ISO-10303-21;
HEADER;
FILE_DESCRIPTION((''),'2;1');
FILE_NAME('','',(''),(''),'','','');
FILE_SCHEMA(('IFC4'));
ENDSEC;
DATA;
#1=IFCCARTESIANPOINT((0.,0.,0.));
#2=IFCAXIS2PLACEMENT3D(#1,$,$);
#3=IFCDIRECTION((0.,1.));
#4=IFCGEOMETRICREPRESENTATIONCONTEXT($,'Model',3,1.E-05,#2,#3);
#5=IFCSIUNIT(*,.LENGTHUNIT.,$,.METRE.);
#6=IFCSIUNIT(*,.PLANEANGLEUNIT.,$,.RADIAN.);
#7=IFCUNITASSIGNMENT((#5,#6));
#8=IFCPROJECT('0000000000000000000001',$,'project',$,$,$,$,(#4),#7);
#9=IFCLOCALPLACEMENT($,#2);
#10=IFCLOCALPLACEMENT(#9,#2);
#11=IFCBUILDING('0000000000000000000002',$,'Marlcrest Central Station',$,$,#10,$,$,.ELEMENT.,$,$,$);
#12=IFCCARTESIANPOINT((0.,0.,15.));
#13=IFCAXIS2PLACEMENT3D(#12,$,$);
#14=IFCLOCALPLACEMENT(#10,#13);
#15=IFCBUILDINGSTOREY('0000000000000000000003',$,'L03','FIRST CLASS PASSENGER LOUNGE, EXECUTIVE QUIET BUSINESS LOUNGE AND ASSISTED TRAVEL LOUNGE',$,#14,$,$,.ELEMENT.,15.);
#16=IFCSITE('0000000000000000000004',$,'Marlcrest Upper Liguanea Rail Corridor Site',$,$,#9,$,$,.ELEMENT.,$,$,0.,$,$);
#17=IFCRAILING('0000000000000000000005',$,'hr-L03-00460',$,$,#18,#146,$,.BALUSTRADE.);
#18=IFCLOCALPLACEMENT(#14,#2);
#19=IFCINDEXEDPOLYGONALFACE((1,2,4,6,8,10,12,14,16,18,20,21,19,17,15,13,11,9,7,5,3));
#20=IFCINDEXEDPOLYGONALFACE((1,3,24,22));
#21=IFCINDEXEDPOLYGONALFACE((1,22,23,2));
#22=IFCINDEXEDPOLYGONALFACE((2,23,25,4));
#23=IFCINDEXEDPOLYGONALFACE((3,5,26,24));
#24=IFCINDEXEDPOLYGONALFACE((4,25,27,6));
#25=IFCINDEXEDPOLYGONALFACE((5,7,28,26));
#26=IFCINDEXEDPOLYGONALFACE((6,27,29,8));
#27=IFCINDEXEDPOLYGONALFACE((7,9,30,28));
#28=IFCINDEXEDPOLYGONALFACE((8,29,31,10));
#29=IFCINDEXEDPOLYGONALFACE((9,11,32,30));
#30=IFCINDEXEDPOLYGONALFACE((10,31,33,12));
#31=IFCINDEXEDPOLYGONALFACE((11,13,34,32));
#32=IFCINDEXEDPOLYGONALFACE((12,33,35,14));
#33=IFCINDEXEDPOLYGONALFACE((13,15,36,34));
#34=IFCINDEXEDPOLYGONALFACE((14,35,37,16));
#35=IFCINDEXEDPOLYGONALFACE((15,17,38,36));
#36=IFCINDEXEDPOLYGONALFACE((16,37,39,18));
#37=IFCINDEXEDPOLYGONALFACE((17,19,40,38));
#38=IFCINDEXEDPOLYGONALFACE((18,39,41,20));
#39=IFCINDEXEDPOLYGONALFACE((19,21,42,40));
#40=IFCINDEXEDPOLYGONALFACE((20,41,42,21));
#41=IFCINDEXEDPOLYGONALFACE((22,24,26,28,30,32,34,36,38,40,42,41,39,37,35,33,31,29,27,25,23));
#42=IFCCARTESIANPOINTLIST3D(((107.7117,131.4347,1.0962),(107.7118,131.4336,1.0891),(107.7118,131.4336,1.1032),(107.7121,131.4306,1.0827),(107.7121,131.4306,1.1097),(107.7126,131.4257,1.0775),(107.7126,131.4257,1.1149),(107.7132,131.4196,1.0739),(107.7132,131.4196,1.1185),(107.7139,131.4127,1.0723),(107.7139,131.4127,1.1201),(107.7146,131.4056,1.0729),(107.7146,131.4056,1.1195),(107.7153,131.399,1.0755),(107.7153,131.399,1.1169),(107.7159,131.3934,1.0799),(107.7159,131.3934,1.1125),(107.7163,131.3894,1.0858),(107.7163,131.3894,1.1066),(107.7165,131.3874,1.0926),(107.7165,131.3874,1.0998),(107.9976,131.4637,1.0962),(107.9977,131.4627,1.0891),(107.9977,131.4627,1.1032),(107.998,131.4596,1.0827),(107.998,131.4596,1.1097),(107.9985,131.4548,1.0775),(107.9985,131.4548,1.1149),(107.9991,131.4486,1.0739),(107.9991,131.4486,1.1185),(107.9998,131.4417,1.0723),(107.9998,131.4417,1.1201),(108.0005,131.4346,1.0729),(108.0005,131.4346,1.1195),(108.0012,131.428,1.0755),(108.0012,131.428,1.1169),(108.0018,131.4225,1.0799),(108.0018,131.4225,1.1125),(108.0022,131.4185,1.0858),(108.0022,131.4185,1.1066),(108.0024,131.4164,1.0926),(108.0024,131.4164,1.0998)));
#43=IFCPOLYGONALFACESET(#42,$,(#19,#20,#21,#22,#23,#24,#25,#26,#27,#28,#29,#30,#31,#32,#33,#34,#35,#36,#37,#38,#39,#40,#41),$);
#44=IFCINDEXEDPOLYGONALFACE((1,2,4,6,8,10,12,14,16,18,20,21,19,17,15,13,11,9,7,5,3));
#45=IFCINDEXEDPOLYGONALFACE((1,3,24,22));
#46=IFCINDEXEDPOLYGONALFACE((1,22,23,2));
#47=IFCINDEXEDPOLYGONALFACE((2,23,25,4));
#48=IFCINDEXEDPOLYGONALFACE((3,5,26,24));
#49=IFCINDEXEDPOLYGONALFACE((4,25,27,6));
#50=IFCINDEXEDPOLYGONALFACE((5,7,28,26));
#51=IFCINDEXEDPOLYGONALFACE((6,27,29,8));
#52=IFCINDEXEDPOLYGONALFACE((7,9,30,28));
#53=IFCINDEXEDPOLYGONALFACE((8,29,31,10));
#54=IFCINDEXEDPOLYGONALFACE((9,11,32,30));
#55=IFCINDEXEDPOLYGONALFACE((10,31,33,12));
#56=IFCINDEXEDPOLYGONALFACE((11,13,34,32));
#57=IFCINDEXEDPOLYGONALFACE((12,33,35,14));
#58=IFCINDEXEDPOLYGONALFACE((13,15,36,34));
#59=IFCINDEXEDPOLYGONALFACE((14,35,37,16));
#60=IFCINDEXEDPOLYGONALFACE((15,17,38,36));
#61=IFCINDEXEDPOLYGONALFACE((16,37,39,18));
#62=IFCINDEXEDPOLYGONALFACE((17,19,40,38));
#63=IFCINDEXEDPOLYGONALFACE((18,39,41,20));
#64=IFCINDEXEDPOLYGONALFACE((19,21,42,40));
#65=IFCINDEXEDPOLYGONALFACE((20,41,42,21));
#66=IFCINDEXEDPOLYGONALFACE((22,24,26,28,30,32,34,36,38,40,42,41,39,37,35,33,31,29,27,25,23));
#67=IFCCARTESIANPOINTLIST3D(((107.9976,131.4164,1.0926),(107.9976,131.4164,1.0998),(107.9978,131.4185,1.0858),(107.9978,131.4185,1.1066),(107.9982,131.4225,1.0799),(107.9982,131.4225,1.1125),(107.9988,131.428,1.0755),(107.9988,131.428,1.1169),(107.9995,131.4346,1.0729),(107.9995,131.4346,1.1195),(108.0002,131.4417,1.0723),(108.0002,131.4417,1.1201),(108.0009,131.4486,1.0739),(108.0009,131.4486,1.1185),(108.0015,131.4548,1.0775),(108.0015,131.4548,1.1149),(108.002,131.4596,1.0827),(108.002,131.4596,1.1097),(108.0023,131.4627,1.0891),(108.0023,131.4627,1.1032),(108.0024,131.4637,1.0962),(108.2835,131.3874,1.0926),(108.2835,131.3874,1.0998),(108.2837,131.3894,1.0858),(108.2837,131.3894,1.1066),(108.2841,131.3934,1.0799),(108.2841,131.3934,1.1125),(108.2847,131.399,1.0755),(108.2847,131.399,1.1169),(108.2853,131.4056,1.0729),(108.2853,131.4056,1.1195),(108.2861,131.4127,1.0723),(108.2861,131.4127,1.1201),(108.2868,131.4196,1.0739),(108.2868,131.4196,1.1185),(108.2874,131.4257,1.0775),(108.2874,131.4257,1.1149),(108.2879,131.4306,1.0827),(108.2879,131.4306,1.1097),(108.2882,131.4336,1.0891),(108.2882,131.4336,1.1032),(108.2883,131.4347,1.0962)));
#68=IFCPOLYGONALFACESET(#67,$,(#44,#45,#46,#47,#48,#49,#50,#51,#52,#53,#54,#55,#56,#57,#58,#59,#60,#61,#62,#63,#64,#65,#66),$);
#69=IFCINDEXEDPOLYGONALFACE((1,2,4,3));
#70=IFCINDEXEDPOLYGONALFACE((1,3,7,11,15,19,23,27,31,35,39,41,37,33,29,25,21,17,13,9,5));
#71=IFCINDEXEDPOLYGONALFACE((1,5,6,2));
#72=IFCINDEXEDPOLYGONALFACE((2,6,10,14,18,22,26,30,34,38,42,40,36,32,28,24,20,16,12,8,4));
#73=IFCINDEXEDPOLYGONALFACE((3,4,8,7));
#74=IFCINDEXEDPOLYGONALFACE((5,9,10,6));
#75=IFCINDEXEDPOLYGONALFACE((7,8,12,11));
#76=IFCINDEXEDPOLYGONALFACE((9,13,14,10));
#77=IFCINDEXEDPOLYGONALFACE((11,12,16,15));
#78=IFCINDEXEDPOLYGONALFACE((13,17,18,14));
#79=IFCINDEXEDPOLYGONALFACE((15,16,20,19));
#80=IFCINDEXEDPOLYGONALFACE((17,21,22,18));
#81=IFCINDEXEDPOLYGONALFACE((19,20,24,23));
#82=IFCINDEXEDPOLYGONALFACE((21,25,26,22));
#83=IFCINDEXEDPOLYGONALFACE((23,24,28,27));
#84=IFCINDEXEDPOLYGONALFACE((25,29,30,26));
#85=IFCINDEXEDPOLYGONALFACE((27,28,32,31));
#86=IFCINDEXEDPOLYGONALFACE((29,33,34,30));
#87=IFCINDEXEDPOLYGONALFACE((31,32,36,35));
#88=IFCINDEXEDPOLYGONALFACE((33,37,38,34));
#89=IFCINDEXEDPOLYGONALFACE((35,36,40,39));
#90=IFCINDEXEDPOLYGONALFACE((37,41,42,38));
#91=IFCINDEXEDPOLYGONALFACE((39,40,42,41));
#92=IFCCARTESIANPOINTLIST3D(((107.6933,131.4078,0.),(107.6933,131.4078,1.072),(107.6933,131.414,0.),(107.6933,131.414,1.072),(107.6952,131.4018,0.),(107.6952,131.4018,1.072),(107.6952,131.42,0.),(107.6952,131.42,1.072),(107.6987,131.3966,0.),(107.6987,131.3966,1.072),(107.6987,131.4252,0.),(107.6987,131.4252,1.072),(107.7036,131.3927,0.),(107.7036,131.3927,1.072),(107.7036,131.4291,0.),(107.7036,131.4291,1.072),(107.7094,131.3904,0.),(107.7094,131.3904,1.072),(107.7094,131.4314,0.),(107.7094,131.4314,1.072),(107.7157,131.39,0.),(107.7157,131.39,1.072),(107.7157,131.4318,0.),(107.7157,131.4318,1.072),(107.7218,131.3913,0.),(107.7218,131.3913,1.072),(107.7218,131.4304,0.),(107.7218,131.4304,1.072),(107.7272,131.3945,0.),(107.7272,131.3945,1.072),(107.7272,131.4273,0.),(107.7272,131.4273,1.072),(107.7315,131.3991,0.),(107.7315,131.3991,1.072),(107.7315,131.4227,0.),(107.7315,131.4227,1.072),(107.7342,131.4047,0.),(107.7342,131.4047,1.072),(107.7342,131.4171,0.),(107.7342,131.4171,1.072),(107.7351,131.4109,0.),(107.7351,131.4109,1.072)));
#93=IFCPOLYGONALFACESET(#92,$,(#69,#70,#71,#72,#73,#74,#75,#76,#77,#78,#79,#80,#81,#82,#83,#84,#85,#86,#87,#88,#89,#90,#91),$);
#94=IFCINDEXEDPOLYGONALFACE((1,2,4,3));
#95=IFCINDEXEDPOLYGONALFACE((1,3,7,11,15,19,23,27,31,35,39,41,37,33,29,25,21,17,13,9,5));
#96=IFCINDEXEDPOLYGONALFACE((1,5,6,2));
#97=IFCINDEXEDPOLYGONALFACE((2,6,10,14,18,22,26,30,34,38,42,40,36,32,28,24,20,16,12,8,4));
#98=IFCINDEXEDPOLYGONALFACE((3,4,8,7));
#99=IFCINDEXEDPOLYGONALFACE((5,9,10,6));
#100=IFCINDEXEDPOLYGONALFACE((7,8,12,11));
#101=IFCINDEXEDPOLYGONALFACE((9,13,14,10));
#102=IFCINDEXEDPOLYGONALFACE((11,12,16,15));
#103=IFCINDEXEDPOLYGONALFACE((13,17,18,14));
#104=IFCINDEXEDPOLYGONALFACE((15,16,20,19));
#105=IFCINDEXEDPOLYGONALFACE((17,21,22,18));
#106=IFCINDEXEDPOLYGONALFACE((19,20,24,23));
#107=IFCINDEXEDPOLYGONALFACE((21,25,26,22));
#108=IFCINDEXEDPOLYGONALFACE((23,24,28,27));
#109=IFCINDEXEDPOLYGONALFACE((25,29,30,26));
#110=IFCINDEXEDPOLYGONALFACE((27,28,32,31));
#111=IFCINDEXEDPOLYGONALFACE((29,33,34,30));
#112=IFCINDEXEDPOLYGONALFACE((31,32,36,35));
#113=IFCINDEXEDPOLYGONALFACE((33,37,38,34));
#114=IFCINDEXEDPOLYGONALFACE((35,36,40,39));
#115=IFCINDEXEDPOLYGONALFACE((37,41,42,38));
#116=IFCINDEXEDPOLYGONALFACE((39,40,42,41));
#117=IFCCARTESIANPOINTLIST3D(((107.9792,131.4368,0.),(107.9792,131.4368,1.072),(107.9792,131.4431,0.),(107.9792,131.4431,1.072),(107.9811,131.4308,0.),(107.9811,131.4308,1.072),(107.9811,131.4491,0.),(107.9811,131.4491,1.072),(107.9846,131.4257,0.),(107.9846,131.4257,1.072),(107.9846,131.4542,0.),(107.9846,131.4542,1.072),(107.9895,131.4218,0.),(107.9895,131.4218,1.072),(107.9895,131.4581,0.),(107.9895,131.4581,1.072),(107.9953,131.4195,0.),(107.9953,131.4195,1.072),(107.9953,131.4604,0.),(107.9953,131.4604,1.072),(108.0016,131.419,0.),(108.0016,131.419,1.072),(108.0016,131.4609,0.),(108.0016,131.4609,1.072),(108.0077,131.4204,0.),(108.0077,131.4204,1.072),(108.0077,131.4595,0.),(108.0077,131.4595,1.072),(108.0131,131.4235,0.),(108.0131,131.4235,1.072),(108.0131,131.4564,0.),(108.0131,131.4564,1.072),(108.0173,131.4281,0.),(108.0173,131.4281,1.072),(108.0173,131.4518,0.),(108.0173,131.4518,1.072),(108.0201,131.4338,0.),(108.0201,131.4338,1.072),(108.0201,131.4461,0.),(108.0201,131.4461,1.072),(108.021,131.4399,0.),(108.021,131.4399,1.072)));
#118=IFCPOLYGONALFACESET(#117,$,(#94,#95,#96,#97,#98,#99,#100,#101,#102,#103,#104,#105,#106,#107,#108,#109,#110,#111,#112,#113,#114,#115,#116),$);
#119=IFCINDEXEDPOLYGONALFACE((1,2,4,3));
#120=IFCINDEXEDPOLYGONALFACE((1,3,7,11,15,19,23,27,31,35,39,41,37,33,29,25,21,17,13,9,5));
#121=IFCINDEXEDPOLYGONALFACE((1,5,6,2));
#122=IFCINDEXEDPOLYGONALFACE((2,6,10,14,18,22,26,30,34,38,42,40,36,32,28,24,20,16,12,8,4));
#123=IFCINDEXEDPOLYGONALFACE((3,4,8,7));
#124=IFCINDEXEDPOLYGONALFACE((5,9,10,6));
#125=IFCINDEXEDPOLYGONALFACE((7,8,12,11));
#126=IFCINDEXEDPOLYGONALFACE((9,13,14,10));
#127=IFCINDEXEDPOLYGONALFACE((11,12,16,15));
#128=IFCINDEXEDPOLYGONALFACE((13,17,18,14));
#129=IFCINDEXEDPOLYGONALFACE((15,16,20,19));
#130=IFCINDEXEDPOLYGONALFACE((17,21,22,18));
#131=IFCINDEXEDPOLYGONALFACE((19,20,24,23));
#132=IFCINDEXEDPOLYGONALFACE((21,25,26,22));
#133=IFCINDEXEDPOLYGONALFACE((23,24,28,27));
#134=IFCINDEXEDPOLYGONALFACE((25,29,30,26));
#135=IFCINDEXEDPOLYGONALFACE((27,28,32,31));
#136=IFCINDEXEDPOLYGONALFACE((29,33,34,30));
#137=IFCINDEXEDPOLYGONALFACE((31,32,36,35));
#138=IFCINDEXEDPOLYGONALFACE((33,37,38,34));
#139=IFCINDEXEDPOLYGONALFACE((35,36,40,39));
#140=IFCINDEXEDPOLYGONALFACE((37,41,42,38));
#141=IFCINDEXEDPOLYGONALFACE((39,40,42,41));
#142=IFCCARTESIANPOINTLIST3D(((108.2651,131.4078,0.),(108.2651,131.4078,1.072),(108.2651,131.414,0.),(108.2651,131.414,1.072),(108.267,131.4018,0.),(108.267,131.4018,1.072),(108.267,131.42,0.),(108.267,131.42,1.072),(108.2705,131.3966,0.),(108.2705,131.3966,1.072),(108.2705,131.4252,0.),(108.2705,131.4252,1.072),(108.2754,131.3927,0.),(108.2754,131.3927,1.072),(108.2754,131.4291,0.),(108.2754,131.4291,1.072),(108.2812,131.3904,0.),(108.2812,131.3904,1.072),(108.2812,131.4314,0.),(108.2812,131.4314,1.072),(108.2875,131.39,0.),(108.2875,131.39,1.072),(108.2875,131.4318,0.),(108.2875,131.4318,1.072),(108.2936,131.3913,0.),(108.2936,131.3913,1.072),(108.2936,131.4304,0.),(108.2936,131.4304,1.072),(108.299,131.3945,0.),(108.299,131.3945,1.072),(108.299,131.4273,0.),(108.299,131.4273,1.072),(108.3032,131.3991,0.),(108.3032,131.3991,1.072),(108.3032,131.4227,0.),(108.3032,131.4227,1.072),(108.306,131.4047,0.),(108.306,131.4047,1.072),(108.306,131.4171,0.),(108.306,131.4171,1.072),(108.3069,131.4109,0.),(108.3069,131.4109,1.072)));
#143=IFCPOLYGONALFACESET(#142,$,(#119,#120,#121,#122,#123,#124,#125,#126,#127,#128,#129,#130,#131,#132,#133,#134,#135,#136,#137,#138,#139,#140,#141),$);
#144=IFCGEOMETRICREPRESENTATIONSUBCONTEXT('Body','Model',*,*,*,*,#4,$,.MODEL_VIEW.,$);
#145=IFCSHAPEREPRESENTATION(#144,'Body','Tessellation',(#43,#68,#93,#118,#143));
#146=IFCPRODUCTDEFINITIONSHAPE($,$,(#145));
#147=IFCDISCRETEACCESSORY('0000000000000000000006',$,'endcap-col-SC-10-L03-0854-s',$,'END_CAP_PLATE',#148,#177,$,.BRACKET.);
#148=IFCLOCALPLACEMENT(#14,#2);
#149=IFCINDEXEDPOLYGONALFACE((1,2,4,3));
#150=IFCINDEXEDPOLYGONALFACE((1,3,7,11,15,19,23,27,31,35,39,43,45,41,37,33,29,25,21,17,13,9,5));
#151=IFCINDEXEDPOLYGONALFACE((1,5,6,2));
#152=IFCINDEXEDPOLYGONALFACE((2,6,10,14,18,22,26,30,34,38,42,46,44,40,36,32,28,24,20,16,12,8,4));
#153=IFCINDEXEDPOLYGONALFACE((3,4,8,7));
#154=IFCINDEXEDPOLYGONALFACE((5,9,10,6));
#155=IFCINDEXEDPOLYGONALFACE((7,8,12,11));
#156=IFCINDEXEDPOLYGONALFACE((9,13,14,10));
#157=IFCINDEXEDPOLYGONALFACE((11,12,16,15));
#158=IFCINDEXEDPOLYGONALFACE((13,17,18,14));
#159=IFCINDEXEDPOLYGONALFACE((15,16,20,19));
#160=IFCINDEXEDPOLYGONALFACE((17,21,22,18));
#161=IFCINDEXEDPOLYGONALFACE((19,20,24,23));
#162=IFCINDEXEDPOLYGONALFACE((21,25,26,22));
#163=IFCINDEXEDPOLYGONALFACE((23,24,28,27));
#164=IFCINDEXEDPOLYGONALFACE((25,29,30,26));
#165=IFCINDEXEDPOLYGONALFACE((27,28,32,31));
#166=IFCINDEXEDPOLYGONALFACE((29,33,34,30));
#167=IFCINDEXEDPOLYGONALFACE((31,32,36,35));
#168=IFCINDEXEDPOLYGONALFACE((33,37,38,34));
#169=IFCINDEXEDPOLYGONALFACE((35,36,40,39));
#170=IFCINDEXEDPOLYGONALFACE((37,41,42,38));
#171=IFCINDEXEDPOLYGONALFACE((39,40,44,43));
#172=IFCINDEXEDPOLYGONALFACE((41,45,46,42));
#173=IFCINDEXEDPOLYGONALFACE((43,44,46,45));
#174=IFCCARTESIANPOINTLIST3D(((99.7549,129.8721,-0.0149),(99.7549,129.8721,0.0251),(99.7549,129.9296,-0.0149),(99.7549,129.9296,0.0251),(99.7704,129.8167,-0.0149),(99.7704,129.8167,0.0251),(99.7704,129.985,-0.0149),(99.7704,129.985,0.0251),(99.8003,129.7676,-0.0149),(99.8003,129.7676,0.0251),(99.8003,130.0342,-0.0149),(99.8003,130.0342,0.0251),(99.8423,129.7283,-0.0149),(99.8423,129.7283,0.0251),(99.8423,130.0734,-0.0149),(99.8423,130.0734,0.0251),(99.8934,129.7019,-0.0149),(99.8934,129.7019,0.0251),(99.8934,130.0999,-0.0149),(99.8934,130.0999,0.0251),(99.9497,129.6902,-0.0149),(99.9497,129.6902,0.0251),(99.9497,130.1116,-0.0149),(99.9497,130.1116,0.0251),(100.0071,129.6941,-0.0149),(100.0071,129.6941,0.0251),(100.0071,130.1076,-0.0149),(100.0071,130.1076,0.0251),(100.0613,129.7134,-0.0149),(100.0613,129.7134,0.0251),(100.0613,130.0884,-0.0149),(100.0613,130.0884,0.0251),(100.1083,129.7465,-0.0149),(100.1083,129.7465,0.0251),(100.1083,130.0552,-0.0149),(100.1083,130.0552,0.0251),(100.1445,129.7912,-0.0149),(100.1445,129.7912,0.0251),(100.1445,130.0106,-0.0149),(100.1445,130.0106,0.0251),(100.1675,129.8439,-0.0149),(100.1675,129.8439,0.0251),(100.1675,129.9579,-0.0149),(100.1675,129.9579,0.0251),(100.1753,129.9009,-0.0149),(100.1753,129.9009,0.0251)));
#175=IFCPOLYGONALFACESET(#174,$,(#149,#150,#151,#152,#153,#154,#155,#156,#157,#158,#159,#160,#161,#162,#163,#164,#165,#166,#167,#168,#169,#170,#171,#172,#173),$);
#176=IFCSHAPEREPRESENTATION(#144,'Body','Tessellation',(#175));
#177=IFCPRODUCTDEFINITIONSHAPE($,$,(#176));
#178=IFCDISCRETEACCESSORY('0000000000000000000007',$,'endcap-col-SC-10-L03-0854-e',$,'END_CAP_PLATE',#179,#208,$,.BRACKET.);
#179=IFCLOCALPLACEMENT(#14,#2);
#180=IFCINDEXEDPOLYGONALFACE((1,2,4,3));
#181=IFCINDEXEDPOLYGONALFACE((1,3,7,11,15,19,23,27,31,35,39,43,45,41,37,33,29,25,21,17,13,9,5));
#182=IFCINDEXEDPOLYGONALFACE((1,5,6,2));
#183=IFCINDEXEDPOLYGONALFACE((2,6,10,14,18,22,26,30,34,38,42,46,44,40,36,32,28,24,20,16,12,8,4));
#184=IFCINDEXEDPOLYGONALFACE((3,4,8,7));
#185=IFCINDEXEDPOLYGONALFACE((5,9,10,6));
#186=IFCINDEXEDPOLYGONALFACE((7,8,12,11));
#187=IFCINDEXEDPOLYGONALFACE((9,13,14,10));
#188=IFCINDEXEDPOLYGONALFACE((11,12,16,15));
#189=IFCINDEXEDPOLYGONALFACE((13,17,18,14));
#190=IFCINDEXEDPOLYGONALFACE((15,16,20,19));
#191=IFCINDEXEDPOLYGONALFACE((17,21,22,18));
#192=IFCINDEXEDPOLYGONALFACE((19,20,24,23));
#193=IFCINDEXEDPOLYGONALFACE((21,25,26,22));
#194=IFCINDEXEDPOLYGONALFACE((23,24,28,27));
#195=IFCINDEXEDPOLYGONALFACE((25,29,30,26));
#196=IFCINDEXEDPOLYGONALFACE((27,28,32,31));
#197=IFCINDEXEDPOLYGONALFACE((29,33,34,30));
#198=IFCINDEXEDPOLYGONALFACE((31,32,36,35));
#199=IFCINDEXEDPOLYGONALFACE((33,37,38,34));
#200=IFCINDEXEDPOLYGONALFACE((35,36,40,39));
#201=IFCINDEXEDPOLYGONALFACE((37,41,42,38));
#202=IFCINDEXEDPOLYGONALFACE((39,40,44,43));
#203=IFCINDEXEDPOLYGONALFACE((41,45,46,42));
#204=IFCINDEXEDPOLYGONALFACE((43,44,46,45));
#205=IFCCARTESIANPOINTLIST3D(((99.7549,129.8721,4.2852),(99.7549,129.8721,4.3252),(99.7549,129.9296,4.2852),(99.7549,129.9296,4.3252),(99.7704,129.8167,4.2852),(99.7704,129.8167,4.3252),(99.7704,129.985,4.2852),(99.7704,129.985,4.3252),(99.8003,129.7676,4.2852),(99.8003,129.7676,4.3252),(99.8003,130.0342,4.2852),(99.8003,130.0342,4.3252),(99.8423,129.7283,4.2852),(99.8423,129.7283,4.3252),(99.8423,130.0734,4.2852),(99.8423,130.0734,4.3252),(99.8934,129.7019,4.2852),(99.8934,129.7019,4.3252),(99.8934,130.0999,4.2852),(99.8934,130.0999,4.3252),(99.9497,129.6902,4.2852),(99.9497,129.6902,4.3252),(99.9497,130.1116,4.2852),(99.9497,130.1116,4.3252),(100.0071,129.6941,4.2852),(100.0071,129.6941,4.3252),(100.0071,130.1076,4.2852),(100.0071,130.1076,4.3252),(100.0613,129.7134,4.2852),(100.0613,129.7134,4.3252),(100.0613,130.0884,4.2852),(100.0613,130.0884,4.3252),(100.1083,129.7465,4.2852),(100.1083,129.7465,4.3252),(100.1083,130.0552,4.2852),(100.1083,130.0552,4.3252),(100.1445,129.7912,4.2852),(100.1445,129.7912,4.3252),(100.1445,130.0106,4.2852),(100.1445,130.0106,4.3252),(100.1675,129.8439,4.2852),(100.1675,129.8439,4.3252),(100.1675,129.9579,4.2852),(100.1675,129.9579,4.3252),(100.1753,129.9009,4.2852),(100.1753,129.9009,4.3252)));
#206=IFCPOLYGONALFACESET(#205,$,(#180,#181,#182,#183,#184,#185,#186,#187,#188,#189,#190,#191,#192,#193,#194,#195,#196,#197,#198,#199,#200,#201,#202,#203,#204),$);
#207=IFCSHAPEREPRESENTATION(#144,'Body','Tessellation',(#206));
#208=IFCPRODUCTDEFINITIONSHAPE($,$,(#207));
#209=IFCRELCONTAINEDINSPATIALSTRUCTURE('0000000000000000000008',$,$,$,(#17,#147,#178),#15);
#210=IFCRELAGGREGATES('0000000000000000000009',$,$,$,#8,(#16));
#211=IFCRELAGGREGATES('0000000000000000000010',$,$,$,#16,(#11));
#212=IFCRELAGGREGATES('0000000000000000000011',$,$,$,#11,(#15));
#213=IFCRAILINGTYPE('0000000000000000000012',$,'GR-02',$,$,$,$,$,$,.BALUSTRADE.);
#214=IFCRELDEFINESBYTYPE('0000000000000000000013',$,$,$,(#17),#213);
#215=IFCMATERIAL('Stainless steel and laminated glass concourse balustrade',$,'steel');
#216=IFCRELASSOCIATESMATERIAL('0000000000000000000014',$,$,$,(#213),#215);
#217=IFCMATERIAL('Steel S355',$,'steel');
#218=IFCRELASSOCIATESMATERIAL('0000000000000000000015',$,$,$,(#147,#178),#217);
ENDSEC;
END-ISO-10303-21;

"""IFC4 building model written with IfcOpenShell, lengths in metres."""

from ifc_helpers import new_model, si_unit, direction, frame, origin, origin_2d, place, context, subcontext, project, spatial, circle, extrude, material, type_object, element, save


model = new_model("IFC4")

# Units and contexts
model_context = context("Model", 3, precision=1e-05, world=origin(), true_north=direction((0.0, 1.0)))
body_context = subcontext(model_context, "Body", "Model", "MODEL_VIEW")
ifc_project = project(units=[si_unit("LENGTHUNIT", "METRE"), si_unit("PLANEANGLEUNIT", "RADIAN")], contexts=[model_context])

# Site, building, storey
site_placement = place(None, origin())
site = spatial("IfcSite", under=ifc_project, at=site_placement, Name="Marlcrest Upper Liguanea Rail Corridor Site", CompositionType="ELEMENT", RefElevation=0.0)
building_placement = place(site_placement, origin())
building = spatial("IfcBuilding", under=site, at=building_placement, Name="Marlcrest Central Station", CompositionType="ELEMENT")
storey_placement = place(building_placement, frame((0.0, 0.0, 15.0)))
storey = spatial("IfcBuildingStorey", under=building, at=storey_placement, Name="L03", Description="FIRST CLASS PASSENGER LOUNGE, EXECUTIVE QUIET BUSINESS LOUNGE AND ASSISTED TRAVEL LOUNGE", CompositionType="ELEMENT", Elevation=15.0)

# Shared definitions
ifc_material_1 = material(Name="Steel S355", Category="steel")

# Railing
ifc_material_2 = material(Name="Stainless steel and laminated glass concourse balustrade", Category="steel")
railing_type = type_object("IfcRailingType", Name="GR-02", PredefinedType="BALUSTRADE", material=ifc_material_2)
railing_1_placement = place(storey_placement, frame((107.7141, 131.4109, 0.0)))
element("IfcRailing", 1, at=railing_1_placement, inside=storey, type_object=railing_type, Name="hr-L03-00460", PredefinedType="BALUSTRADE", context=body_context, shape_type="SweptSolid", body=[
    extrude(circle(Radius=0.0239, at=origin_2d()), frame((0.0, 0.0, 1.0962), z_axis=(0.994876, 0.101102, 0.0), x_axis=(-0.101102, 0.994876, 0.0)), (0.0, 0.0, 1.0), 0.2874),
    extrude(circle(Radius=0.0239, at=origin_2d()), frame((0.2859, 0.0291, 1.0962), z_axis=(0.994876, -0.101102, 0.0), x_axis=(0.101102, 0.994876, 0.0)), (0.0, 0.0, 1.0), 0.2874),
    extrude(circle(Radius=0.021, at=origin_2d()), origin(), (0.0, 0.0, 1.0), 1.072),
    extrude(circle(Radius=0.021, at=origin_2d()), frame((0.2859, 0.0291, 0.0)), (0.0, 0.0, 1.0), 1.072),
    extrude(circle(Radius=0.021, at=origin_2d()), frame((0.5718, 0.0, 0.0)), (0.0, 0.0, 1.0), 1.072),
])

# Discrete accessories
for number, where, z_axis, x_axis, name in (
    (2, (99.9641, 129.9009, -0.0149), (0.0, 0.0, 1.0), (1.0, 0.0, 0.0), "endcap-col-SC-10-L03-0854-s"),
    (3, (99.9641, 129.9009, 4.2852), (0.0, 0.0, 1.0), (1.0, 0.0, 0.0), "endcap-col-SC-10-L03-0854-e"),
):
    element("IfcDiscreteAccessory", number, at=place(storey_placement, frame(where, z_axis=z_axis, x_axis=x_axis)), inside=storey, material=ifc_material_1, Name=name, ObjectType="END_CAP_PLATE", PredefinedType="BRACKET", context=body_context, shape_type="SweptSolid", body=[
        extrude(circle(Radius=0.2112, at=origin_2d()), origin(), (0.0, 0.0, 1.0), 0.04),
    ])

save(model, "model.ifc")
